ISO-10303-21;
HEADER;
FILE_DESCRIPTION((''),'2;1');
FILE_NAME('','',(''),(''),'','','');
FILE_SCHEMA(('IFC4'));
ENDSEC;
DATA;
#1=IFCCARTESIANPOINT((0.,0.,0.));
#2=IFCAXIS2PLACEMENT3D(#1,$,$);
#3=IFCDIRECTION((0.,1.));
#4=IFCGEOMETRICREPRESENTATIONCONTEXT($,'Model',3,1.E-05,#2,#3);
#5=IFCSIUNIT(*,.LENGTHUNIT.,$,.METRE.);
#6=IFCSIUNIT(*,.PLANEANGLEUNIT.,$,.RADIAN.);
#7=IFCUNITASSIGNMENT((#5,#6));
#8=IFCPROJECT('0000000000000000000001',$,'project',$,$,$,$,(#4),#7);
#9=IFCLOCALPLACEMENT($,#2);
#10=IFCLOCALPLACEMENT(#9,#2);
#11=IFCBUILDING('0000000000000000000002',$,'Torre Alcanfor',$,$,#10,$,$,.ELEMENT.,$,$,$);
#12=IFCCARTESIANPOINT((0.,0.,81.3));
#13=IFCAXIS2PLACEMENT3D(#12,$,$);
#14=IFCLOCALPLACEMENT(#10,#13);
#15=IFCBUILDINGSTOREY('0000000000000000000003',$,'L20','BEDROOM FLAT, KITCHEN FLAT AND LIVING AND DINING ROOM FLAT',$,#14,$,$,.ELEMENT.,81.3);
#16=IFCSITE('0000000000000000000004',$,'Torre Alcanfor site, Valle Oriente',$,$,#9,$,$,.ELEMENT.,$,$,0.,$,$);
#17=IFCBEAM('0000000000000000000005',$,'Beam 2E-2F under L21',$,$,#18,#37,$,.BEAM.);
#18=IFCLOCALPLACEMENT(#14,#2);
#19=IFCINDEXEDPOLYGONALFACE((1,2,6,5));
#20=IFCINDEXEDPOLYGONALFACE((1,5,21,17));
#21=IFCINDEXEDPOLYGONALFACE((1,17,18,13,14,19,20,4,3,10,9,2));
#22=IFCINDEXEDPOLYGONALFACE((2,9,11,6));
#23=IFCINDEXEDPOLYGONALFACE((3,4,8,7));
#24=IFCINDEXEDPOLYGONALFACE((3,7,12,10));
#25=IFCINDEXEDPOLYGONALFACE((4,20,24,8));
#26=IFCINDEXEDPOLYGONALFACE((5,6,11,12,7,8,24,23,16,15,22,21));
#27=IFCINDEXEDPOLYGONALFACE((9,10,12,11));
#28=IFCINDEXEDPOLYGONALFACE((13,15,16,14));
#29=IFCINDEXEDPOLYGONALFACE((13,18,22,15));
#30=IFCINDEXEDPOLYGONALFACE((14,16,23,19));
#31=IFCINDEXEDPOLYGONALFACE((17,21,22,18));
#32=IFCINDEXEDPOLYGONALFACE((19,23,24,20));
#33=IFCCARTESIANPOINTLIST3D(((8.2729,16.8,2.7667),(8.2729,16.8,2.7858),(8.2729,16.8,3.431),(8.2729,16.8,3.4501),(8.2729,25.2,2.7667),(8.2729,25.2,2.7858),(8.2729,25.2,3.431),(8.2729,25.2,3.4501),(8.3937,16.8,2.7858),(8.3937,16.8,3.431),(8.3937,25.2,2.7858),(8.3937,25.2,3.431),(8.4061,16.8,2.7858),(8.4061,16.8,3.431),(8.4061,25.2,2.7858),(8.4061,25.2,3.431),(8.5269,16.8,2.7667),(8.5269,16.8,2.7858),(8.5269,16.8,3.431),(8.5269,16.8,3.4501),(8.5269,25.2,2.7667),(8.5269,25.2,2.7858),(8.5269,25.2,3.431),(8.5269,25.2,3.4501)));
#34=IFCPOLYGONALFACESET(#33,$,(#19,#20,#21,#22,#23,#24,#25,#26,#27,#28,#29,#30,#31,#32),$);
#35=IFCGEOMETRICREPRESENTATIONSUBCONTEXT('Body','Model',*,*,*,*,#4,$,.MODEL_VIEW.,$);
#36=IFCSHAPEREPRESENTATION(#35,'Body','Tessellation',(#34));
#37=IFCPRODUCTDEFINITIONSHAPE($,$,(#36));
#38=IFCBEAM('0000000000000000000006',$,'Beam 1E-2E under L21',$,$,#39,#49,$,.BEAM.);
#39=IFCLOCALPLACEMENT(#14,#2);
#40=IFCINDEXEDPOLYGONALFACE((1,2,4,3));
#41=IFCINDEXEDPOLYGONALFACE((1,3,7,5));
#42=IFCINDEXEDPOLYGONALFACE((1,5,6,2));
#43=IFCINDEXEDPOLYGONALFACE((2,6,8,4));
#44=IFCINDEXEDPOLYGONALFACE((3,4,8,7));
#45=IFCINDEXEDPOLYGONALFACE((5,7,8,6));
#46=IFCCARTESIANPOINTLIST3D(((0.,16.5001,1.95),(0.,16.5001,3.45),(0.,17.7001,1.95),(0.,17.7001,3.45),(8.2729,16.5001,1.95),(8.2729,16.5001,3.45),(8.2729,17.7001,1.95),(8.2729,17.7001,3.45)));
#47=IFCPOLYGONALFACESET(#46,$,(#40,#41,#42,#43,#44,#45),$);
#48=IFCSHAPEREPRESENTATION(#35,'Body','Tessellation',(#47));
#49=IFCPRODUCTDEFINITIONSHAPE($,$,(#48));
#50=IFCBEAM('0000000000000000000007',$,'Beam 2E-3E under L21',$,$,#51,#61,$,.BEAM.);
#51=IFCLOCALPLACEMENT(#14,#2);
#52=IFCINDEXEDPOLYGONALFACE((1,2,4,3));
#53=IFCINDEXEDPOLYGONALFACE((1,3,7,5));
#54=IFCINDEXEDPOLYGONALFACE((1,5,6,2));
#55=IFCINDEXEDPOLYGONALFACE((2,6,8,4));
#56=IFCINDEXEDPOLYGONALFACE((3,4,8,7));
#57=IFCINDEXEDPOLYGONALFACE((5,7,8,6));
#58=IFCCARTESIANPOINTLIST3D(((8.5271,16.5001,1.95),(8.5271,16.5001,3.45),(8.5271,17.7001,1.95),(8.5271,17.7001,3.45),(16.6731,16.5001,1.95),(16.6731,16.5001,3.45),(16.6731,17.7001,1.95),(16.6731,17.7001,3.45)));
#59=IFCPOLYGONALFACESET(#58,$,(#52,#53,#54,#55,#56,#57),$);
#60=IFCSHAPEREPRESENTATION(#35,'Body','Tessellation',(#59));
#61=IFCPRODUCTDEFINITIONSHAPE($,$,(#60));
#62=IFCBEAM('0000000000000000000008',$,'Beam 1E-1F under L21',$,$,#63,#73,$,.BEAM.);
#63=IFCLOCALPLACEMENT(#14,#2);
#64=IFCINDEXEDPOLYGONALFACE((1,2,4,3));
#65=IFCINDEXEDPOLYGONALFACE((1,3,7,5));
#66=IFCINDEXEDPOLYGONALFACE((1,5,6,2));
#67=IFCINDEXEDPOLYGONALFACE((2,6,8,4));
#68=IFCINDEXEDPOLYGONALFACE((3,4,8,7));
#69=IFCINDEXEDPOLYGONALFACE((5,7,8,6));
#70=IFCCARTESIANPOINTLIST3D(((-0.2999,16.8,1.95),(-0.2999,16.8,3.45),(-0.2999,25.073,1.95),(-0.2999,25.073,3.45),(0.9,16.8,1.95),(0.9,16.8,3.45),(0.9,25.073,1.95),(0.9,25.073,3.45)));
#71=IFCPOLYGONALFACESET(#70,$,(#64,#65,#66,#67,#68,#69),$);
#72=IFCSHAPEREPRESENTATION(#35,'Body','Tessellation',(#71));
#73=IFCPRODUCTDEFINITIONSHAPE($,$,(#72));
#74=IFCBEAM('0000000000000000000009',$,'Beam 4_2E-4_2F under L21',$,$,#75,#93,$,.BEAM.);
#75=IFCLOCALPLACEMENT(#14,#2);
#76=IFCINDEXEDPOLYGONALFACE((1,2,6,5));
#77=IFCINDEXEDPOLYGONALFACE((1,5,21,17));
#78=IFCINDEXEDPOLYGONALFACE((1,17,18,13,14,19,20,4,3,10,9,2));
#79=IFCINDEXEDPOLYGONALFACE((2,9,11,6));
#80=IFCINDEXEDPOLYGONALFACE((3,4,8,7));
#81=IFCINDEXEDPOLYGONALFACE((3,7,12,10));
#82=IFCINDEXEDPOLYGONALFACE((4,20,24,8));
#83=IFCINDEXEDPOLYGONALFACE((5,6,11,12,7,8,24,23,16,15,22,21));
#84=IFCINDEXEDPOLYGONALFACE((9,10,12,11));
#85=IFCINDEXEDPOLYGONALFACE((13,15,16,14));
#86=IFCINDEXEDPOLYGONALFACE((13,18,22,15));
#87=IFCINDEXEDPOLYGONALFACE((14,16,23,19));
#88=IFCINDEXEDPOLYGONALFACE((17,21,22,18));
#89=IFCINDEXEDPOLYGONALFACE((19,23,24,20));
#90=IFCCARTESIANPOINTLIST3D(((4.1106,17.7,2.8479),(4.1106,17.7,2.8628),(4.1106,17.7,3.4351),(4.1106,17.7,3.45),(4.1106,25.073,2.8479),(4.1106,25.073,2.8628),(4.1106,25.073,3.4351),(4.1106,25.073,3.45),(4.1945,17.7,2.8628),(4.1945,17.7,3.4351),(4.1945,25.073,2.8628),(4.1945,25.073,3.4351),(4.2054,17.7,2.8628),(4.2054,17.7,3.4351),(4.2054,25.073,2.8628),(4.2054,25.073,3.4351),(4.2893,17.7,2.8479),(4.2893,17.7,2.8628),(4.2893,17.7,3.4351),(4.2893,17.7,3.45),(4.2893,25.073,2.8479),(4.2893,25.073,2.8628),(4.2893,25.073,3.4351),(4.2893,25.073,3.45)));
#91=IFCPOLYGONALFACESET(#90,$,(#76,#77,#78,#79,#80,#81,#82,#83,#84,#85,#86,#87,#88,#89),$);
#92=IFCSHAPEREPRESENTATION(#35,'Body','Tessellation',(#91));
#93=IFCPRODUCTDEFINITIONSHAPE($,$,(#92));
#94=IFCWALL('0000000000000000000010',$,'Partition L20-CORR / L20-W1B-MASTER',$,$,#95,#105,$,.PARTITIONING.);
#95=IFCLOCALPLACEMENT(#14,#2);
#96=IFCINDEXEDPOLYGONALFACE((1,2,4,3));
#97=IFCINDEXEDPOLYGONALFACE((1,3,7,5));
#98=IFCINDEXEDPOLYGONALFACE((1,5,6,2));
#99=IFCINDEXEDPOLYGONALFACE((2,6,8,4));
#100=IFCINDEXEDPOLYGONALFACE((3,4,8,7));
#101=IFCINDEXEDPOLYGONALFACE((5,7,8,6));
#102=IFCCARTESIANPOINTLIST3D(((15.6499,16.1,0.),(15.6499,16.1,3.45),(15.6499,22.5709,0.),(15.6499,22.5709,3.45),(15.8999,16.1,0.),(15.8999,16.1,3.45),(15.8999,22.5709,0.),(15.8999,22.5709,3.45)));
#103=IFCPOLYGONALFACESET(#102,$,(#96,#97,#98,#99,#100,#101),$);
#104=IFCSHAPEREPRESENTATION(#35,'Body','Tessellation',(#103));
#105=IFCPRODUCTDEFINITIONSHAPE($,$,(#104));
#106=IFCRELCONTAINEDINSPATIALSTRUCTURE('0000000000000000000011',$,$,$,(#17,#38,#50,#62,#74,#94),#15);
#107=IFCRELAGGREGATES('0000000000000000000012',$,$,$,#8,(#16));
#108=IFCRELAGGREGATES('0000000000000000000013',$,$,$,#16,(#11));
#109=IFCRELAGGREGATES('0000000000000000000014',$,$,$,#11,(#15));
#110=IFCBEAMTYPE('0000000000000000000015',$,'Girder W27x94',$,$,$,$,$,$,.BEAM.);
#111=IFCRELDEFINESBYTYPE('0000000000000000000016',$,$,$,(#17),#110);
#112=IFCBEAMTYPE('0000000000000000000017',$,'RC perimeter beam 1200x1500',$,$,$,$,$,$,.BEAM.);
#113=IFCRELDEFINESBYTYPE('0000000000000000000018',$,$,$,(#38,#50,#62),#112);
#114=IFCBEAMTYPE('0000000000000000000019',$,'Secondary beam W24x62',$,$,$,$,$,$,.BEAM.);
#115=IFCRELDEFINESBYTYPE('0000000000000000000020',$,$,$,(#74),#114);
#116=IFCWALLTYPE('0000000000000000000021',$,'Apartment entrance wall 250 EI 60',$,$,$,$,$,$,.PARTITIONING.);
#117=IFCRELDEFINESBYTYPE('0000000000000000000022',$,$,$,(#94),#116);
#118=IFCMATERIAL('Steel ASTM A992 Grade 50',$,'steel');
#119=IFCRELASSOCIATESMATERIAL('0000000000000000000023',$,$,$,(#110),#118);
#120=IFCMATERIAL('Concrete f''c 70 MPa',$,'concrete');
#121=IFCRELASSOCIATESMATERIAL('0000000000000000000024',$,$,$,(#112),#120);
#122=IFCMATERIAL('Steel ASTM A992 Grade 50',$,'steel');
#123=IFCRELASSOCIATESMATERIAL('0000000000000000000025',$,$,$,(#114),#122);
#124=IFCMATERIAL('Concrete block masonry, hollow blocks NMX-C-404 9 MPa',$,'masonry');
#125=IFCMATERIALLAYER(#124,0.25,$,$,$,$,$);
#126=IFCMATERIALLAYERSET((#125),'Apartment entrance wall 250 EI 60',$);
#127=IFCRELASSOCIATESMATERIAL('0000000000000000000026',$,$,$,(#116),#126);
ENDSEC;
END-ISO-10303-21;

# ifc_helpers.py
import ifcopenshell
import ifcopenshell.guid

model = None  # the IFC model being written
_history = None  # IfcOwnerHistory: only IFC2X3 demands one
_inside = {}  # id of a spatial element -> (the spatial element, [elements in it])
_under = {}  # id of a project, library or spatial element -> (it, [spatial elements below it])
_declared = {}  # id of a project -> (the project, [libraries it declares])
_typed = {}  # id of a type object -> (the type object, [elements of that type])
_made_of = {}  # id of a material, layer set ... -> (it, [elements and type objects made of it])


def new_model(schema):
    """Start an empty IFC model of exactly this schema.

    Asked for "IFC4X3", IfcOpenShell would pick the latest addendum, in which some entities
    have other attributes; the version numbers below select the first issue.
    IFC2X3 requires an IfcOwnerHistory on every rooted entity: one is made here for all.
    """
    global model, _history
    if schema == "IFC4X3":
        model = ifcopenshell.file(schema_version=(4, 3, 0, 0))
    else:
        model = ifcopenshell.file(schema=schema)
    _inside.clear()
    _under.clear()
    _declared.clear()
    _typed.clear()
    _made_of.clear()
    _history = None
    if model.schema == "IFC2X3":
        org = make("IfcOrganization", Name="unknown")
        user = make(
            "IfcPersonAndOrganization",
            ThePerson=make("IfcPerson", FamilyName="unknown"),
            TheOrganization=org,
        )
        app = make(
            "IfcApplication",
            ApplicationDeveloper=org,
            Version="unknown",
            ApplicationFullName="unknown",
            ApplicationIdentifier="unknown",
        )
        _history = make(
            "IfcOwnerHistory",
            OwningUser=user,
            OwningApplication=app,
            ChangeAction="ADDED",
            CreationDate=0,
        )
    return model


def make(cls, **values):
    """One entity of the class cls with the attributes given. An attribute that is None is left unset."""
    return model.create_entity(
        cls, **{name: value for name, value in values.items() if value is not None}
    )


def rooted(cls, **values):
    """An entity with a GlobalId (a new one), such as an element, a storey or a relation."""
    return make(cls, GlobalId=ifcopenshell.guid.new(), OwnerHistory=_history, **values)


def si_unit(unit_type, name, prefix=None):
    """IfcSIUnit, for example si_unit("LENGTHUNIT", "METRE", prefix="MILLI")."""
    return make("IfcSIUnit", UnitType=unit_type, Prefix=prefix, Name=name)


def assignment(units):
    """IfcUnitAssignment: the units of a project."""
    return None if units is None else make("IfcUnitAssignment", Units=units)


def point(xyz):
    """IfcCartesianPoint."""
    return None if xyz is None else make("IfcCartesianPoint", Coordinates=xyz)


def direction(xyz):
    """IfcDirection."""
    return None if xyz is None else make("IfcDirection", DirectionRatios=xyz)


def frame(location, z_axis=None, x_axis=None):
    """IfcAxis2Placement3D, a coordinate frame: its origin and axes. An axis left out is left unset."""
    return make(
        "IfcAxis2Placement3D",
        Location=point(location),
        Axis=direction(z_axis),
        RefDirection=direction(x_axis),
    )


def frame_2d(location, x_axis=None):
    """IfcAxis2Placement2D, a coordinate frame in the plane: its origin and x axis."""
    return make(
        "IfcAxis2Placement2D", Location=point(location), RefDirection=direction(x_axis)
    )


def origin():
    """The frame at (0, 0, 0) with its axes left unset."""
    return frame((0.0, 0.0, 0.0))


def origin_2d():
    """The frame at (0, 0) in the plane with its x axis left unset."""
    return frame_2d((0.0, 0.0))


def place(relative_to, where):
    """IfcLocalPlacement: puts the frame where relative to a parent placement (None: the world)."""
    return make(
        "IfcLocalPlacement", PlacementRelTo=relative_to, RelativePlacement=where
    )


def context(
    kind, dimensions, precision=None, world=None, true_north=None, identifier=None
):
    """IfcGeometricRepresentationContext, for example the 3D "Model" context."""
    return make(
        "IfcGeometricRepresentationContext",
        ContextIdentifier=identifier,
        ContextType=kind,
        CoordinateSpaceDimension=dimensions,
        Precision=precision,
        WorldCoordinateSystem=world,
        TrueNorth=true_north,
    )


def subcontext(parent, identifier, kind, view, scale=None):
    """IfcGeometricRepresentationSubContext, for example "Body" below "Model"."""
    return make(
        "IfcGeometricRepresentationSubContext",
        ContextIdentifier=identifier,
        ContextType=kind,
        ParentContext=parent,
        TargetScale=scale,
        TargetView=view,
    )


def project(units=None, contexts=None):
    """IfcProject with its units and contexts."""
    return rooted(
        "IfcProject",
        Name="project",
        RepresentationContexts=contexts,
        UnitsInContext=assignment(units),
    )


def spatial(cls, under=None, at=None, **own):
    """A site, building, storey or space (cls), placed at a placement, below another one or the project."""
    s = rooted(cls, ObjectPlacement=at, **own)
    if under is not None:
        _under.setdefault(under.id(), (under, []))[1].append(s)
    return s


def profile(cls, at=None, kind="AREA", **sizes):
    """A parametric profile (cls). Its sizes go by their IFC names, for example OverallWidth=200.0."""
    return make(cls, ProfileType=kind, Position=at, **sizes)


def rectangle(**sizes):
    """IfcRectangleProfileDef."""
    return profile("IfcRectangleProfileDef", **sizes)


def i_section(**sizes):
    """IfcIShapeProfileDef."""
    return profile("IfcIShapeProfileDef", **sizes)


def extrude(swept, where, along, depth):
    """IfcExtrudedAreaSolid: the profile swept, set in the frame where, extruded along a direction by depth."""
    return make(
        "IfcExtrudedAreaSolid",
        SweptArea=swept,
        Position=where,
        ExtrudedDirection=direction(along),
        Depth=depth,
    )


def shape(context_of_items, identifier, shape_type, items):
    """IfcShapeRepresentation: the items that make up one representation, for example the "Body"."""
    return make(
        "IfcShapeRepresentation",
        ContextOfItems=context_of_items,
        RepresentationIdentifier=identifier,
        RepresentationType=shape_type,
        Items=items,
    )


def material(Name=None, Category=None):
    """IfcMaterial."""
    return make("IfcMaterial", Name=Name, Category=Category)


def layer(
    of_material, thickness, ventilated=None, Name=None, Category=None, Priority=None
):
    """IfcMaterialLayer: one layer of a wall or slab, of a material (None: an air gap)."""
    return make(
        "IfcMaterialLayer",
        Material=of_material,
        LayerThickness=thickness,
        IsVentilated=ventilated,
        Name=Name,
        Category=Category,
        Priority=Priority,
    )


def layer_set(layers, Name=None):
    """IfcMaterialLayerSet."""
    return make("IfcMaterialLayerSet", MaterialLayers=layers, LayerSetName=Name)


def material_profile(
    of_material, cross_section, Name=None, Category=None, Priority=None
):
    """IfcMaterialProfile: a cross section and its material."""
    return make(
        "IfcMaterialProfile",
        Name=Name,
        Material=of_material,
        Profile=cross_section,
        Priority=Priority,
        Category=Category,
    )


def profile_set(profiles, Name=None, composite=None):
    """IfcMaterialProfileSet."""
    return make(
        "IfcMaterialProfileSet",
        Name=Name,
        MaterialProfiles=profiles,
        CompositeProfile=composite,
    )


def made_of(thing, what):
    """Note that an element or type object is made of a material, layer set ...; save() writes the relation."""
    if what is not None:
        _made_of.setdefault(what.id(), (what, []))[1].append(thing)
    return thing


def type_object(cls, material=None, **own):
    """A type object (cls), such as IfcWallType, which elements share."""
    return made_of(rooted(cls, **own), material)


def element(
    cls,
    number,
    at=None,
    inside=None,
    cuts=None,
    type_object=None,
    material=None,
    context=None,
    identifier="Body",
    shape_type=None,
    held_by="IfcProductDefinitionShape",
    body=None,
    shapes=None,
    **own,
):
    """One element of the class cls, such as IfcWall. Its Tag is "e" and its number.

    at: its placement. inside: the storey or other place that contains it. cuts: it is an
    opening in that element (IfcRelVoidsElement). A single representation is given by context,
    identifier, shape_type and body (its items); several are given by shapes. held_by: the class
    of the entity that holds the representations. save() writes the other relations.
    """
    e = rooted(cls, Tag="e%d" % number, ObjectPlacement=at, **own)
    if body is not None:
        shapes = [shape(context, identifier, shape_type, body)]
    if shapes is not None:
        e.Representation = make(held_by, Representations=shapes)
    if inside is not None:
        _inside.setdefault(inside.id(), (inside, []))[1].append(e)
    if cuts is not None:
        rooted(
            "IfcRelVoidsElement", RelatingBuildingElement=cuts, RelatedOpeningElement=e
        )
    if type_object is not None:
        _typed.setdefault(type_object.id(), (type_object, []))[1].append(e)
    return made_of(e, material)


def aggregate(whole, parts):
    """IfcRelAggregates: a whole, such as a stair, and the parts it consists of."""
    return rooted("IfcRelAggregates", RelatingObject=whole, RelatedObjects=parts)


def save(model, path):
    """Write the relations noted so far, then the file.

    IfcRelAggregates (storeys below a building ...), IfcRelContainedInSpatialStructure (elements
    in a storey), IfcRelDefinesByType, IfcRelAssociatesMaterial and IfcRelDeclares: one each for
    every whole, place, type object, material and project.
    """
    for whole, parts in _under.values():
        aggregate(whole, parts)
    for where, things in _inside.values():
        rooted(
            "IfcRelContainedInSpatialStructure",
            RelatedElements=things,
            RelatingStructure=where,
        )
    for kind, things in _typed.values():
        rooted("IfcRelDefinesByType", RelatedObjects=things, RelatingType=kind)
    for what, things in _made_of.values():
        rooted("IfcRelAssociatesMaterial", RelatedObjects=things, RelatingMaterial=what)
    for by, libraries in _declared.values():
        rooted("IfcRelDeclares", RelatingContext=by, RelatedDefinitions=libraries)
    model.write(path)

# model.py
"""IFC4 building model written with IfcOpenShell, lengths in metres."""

from ifc_helpers import new_model, si_unit, direction, frame, frame_2d, origin, origin_2d, place, context, subcontext, project, spatial, rectangle, i_section, extrude, material, layer, layer_set, material_profile, profile_set, type_object, element, save


model = new_model("IFC4")

# Units and contexts
model_context = context("Model", 3, precision=1e-05, world=origin(), true_north=direction((0.0, 1.0)))
body_context = subcontext(model_context, "Body", "Model", "MODEL_VIEW")
ifc_project = project(units=[si_unit("LENGTHUNIT", "METRE"), si_unit("PLANEANGLEUNIT", "RADIAN")], contexts=[model_context])

# Site, building, storey
site_placement = place(None, origin())
site = spatial("IfcSite", under=ifc_project, at=site_placement, Name="Torre Alcanfor site, Valle Oriente", CompositionType="ELEMENT", RefElevation=0.0)
building_placement = place(site_placement, origin())
building = spatial("IfcBuilding", under=site, at=building_placement, Name="Torre Alcanfor", CompositionType="ELEMENT")
storey_placement = place(building_placement, frame((0.0, 0.0, 81.3)))
storey = spatial("IfcBuildingStorey", under=building, at=storey_placement, Name="L20", Description="BEDROOM FLAT, KITCHEN FLAT AND LIVING AND DINING ROOM FLAT", CompositionType="ELEMENT", Elevation=81.3)

# Beams
ifc_material_1 = material(Name="Steel ASTM A992 Grade 50", Category="steel")
ifc_material_profile_1 = material_profile(ifc_material_1, i_section(OverallWidth=0.2539, OverallDepth=0.6833, WebThickness=0.0125, FlangeThickness=0.019, at=origin_2d()), Name="W27x94")
ifc_profile_set_1 = profile_set([ifc_material_profile_1], Name="Steel ASTM A992 Grade 50")
beam_type_1 = type_object("IfcBeamType", Name="Girder W27x94", PredefinedType="BEAM", material=ifc_profile_set_1)
beam_1_placement = place(storey_placement, frame((8.3999, 16.8, 3.1084), z_axis=(0.0, 1.0, 0.0), x_axis=(-1.0, 0.0, 0.0)))
element("IfcBeam", 1, at=beam_1_placement, inside=storey, type_object=beam_type_1, Name="Beam 2E-2F under L21", PredefinedType="BEAM", context=body_context, shape_type="SweptSolid", body=[
    extrude(i_section(OverallWidth=0.2539, OverallDepth=0.6833, WebThickness=0.0125, FlangeThickness=0.019, at=origin_2d()), origin(), (0.0, 0.0, 1.0), 8.3999),
])
ifc_material_2 = material(Name="Concrete f'c 70 MPa", Category="concrete")
ifc_material_profile_2 = material_profile(ifc_material_2, rectangle(XDim=1.2, YDim=1.5, at=origin_2d()), Name="1200x1500")
ifc_profile_set_2 = profile_set([ifc_material_profile_2], Name="Concrete f'c 70 MPa")
beam_type_2 = type_object("IfcBeamType", Name="RC perimeter beam 1200x1500", PredefinedType="BEAM", material=ifc_profile_set_2)
beam_2_placement = place(storey_placement, frame((0.0, 17.1001, 2.7), z_axis=(1.0, 0.0, 0.0), x_axis=(0.0, 1.0, 0.0)))
element("IfcBeam", 2, at=beam_2_placement, inside=storey, type_object=beam_type_2, Name="Beam 1E-2E under L21", PredefinedType="BEAM", context=body_context, shape_type="SweptSolid", body=[
    extrude(rectangle(XDim=1.2, YDim=1.5, at=origin_2d()), origin(), (0.0, 0.0, 1.0), 8.2729),
])
beam_3_placement = place(storey_placement, frame((8.5271, 17.1001, 2.7), z_axis=(1.0, 0.0, 0.0), x_axis=(0.0, 1.0, 0.0)))
element("IfcBeam", 3, at=beam_3_placement, inside=storey, type_object=beam_type_2, Name="Beam 2E-3E under L21", PredefinedType="BEAM", context=body_context, shape_type="SweptSolid", body=[
    extrude(rectangle(XDim=1.2, YDim=1.5, at=origin_2d()), origin(), (0.0, 0.0, 1.0), 8.146),
])
beam_4_placement = place(storey_placement, frame((0.3, 16.8, 2.7), z_axis=(0.0, 1.0, 0.0), x_axis=(-1.0, 0.0, 0.0)))
element("IfcBeam", 4, at=beam_4_placement, inside=storey, type_object=beam_type_2, Name="Beam 1E-1F under L21", PredefinedType="BEAM", context=body_context, shape_type="SweptSolid", body=[
    extrude(rectangle(XDim=1.2, YDim=1.5, at=origin_2d()), origin(), (0.0, 0.0, 1.0), 8.2729),
])
ifc_material_3 = material(Name="Steel ASTM A992 Grade 50", Category="steel")
ifc_material_profile_3 = material_profile(ifc_material_3, i_section(OverallWidth=0.1787, OverallDepth=0.6021, WebThickness=0.011, FlangeThickness=0.0149, at=origin_2d()), Name="W24x62")
ifc_profile_set_3 = profile_set([ifc_material_profile_3], Name="Steel ASTM A992 Grade 50")
beam_type_3 = type_object("IfcBeamType", Name="Secondary beam W24x62", PredefinedType="BEAM", material=ifc_profile_set_3)
beam_5_placement = place(storey_placement, frame((4.2, 17.7, 3.1489), z_axis=(0.0, 1.0, 0.0), x_axis=(-1.0, 0.0, 0.0)))
element("IfcBeam", 5, at=beam_5_placement, inside=storey, type_object=beam_type_3, Name="Beam 4_2E-4_2F under L21", PredefinedType="BEAM", context=body_context, shape_type="SweptSolid", body=[
    extrude(i_section(OverallWidth=0.1787, OverallDepth=0.6021, WebThickness=0.011, FlangeThickness=0.0149, at=origin_2d()), origin(), (0.0, 0.0, 1.0), 7.373),
])

# Wall
ifc_material_4 = material(Name="Concrete block masonry, hollow blocks NMX-C-404 9 MPa", Category="masonry")
ifc_layer_1 = layer(ifc_material_4, 0.25)
ifc_layer_set_1 = layer_set([ifc_layer_1], Name="Apartment entrance wall 250 EI 60")
wall_type_1 = type_object("IfcWallType", Name="Apartment entrance wall 250 EI 60", PredefinedType="PARTITIONING", material=ifc_layer_set_1)
wall_1_placement = place(storey_placement, frame((15.7749, 16.1001, 0.0), z_axis=(0.0, 0.0, 1.0), x_axis=(0.0, 1.0, 0.0)))
element("IfcWall", 6, at=wall_1_placement, inside=storey, type_object=wall_type_1, Name="Partition L20-CORR / L20-W1B-MASTER", PredefinedType="PARTITIONING", context=body_context, shape_type="SweptSolid", body=[
    extrude(rectangle(XDim=6.4709, YDim=0.25, at=frame_2d((3.2354, 0.0))), origin(), (0.0, 0.0, 1.0), 3.45),
])

save(model, "model.ifc")
